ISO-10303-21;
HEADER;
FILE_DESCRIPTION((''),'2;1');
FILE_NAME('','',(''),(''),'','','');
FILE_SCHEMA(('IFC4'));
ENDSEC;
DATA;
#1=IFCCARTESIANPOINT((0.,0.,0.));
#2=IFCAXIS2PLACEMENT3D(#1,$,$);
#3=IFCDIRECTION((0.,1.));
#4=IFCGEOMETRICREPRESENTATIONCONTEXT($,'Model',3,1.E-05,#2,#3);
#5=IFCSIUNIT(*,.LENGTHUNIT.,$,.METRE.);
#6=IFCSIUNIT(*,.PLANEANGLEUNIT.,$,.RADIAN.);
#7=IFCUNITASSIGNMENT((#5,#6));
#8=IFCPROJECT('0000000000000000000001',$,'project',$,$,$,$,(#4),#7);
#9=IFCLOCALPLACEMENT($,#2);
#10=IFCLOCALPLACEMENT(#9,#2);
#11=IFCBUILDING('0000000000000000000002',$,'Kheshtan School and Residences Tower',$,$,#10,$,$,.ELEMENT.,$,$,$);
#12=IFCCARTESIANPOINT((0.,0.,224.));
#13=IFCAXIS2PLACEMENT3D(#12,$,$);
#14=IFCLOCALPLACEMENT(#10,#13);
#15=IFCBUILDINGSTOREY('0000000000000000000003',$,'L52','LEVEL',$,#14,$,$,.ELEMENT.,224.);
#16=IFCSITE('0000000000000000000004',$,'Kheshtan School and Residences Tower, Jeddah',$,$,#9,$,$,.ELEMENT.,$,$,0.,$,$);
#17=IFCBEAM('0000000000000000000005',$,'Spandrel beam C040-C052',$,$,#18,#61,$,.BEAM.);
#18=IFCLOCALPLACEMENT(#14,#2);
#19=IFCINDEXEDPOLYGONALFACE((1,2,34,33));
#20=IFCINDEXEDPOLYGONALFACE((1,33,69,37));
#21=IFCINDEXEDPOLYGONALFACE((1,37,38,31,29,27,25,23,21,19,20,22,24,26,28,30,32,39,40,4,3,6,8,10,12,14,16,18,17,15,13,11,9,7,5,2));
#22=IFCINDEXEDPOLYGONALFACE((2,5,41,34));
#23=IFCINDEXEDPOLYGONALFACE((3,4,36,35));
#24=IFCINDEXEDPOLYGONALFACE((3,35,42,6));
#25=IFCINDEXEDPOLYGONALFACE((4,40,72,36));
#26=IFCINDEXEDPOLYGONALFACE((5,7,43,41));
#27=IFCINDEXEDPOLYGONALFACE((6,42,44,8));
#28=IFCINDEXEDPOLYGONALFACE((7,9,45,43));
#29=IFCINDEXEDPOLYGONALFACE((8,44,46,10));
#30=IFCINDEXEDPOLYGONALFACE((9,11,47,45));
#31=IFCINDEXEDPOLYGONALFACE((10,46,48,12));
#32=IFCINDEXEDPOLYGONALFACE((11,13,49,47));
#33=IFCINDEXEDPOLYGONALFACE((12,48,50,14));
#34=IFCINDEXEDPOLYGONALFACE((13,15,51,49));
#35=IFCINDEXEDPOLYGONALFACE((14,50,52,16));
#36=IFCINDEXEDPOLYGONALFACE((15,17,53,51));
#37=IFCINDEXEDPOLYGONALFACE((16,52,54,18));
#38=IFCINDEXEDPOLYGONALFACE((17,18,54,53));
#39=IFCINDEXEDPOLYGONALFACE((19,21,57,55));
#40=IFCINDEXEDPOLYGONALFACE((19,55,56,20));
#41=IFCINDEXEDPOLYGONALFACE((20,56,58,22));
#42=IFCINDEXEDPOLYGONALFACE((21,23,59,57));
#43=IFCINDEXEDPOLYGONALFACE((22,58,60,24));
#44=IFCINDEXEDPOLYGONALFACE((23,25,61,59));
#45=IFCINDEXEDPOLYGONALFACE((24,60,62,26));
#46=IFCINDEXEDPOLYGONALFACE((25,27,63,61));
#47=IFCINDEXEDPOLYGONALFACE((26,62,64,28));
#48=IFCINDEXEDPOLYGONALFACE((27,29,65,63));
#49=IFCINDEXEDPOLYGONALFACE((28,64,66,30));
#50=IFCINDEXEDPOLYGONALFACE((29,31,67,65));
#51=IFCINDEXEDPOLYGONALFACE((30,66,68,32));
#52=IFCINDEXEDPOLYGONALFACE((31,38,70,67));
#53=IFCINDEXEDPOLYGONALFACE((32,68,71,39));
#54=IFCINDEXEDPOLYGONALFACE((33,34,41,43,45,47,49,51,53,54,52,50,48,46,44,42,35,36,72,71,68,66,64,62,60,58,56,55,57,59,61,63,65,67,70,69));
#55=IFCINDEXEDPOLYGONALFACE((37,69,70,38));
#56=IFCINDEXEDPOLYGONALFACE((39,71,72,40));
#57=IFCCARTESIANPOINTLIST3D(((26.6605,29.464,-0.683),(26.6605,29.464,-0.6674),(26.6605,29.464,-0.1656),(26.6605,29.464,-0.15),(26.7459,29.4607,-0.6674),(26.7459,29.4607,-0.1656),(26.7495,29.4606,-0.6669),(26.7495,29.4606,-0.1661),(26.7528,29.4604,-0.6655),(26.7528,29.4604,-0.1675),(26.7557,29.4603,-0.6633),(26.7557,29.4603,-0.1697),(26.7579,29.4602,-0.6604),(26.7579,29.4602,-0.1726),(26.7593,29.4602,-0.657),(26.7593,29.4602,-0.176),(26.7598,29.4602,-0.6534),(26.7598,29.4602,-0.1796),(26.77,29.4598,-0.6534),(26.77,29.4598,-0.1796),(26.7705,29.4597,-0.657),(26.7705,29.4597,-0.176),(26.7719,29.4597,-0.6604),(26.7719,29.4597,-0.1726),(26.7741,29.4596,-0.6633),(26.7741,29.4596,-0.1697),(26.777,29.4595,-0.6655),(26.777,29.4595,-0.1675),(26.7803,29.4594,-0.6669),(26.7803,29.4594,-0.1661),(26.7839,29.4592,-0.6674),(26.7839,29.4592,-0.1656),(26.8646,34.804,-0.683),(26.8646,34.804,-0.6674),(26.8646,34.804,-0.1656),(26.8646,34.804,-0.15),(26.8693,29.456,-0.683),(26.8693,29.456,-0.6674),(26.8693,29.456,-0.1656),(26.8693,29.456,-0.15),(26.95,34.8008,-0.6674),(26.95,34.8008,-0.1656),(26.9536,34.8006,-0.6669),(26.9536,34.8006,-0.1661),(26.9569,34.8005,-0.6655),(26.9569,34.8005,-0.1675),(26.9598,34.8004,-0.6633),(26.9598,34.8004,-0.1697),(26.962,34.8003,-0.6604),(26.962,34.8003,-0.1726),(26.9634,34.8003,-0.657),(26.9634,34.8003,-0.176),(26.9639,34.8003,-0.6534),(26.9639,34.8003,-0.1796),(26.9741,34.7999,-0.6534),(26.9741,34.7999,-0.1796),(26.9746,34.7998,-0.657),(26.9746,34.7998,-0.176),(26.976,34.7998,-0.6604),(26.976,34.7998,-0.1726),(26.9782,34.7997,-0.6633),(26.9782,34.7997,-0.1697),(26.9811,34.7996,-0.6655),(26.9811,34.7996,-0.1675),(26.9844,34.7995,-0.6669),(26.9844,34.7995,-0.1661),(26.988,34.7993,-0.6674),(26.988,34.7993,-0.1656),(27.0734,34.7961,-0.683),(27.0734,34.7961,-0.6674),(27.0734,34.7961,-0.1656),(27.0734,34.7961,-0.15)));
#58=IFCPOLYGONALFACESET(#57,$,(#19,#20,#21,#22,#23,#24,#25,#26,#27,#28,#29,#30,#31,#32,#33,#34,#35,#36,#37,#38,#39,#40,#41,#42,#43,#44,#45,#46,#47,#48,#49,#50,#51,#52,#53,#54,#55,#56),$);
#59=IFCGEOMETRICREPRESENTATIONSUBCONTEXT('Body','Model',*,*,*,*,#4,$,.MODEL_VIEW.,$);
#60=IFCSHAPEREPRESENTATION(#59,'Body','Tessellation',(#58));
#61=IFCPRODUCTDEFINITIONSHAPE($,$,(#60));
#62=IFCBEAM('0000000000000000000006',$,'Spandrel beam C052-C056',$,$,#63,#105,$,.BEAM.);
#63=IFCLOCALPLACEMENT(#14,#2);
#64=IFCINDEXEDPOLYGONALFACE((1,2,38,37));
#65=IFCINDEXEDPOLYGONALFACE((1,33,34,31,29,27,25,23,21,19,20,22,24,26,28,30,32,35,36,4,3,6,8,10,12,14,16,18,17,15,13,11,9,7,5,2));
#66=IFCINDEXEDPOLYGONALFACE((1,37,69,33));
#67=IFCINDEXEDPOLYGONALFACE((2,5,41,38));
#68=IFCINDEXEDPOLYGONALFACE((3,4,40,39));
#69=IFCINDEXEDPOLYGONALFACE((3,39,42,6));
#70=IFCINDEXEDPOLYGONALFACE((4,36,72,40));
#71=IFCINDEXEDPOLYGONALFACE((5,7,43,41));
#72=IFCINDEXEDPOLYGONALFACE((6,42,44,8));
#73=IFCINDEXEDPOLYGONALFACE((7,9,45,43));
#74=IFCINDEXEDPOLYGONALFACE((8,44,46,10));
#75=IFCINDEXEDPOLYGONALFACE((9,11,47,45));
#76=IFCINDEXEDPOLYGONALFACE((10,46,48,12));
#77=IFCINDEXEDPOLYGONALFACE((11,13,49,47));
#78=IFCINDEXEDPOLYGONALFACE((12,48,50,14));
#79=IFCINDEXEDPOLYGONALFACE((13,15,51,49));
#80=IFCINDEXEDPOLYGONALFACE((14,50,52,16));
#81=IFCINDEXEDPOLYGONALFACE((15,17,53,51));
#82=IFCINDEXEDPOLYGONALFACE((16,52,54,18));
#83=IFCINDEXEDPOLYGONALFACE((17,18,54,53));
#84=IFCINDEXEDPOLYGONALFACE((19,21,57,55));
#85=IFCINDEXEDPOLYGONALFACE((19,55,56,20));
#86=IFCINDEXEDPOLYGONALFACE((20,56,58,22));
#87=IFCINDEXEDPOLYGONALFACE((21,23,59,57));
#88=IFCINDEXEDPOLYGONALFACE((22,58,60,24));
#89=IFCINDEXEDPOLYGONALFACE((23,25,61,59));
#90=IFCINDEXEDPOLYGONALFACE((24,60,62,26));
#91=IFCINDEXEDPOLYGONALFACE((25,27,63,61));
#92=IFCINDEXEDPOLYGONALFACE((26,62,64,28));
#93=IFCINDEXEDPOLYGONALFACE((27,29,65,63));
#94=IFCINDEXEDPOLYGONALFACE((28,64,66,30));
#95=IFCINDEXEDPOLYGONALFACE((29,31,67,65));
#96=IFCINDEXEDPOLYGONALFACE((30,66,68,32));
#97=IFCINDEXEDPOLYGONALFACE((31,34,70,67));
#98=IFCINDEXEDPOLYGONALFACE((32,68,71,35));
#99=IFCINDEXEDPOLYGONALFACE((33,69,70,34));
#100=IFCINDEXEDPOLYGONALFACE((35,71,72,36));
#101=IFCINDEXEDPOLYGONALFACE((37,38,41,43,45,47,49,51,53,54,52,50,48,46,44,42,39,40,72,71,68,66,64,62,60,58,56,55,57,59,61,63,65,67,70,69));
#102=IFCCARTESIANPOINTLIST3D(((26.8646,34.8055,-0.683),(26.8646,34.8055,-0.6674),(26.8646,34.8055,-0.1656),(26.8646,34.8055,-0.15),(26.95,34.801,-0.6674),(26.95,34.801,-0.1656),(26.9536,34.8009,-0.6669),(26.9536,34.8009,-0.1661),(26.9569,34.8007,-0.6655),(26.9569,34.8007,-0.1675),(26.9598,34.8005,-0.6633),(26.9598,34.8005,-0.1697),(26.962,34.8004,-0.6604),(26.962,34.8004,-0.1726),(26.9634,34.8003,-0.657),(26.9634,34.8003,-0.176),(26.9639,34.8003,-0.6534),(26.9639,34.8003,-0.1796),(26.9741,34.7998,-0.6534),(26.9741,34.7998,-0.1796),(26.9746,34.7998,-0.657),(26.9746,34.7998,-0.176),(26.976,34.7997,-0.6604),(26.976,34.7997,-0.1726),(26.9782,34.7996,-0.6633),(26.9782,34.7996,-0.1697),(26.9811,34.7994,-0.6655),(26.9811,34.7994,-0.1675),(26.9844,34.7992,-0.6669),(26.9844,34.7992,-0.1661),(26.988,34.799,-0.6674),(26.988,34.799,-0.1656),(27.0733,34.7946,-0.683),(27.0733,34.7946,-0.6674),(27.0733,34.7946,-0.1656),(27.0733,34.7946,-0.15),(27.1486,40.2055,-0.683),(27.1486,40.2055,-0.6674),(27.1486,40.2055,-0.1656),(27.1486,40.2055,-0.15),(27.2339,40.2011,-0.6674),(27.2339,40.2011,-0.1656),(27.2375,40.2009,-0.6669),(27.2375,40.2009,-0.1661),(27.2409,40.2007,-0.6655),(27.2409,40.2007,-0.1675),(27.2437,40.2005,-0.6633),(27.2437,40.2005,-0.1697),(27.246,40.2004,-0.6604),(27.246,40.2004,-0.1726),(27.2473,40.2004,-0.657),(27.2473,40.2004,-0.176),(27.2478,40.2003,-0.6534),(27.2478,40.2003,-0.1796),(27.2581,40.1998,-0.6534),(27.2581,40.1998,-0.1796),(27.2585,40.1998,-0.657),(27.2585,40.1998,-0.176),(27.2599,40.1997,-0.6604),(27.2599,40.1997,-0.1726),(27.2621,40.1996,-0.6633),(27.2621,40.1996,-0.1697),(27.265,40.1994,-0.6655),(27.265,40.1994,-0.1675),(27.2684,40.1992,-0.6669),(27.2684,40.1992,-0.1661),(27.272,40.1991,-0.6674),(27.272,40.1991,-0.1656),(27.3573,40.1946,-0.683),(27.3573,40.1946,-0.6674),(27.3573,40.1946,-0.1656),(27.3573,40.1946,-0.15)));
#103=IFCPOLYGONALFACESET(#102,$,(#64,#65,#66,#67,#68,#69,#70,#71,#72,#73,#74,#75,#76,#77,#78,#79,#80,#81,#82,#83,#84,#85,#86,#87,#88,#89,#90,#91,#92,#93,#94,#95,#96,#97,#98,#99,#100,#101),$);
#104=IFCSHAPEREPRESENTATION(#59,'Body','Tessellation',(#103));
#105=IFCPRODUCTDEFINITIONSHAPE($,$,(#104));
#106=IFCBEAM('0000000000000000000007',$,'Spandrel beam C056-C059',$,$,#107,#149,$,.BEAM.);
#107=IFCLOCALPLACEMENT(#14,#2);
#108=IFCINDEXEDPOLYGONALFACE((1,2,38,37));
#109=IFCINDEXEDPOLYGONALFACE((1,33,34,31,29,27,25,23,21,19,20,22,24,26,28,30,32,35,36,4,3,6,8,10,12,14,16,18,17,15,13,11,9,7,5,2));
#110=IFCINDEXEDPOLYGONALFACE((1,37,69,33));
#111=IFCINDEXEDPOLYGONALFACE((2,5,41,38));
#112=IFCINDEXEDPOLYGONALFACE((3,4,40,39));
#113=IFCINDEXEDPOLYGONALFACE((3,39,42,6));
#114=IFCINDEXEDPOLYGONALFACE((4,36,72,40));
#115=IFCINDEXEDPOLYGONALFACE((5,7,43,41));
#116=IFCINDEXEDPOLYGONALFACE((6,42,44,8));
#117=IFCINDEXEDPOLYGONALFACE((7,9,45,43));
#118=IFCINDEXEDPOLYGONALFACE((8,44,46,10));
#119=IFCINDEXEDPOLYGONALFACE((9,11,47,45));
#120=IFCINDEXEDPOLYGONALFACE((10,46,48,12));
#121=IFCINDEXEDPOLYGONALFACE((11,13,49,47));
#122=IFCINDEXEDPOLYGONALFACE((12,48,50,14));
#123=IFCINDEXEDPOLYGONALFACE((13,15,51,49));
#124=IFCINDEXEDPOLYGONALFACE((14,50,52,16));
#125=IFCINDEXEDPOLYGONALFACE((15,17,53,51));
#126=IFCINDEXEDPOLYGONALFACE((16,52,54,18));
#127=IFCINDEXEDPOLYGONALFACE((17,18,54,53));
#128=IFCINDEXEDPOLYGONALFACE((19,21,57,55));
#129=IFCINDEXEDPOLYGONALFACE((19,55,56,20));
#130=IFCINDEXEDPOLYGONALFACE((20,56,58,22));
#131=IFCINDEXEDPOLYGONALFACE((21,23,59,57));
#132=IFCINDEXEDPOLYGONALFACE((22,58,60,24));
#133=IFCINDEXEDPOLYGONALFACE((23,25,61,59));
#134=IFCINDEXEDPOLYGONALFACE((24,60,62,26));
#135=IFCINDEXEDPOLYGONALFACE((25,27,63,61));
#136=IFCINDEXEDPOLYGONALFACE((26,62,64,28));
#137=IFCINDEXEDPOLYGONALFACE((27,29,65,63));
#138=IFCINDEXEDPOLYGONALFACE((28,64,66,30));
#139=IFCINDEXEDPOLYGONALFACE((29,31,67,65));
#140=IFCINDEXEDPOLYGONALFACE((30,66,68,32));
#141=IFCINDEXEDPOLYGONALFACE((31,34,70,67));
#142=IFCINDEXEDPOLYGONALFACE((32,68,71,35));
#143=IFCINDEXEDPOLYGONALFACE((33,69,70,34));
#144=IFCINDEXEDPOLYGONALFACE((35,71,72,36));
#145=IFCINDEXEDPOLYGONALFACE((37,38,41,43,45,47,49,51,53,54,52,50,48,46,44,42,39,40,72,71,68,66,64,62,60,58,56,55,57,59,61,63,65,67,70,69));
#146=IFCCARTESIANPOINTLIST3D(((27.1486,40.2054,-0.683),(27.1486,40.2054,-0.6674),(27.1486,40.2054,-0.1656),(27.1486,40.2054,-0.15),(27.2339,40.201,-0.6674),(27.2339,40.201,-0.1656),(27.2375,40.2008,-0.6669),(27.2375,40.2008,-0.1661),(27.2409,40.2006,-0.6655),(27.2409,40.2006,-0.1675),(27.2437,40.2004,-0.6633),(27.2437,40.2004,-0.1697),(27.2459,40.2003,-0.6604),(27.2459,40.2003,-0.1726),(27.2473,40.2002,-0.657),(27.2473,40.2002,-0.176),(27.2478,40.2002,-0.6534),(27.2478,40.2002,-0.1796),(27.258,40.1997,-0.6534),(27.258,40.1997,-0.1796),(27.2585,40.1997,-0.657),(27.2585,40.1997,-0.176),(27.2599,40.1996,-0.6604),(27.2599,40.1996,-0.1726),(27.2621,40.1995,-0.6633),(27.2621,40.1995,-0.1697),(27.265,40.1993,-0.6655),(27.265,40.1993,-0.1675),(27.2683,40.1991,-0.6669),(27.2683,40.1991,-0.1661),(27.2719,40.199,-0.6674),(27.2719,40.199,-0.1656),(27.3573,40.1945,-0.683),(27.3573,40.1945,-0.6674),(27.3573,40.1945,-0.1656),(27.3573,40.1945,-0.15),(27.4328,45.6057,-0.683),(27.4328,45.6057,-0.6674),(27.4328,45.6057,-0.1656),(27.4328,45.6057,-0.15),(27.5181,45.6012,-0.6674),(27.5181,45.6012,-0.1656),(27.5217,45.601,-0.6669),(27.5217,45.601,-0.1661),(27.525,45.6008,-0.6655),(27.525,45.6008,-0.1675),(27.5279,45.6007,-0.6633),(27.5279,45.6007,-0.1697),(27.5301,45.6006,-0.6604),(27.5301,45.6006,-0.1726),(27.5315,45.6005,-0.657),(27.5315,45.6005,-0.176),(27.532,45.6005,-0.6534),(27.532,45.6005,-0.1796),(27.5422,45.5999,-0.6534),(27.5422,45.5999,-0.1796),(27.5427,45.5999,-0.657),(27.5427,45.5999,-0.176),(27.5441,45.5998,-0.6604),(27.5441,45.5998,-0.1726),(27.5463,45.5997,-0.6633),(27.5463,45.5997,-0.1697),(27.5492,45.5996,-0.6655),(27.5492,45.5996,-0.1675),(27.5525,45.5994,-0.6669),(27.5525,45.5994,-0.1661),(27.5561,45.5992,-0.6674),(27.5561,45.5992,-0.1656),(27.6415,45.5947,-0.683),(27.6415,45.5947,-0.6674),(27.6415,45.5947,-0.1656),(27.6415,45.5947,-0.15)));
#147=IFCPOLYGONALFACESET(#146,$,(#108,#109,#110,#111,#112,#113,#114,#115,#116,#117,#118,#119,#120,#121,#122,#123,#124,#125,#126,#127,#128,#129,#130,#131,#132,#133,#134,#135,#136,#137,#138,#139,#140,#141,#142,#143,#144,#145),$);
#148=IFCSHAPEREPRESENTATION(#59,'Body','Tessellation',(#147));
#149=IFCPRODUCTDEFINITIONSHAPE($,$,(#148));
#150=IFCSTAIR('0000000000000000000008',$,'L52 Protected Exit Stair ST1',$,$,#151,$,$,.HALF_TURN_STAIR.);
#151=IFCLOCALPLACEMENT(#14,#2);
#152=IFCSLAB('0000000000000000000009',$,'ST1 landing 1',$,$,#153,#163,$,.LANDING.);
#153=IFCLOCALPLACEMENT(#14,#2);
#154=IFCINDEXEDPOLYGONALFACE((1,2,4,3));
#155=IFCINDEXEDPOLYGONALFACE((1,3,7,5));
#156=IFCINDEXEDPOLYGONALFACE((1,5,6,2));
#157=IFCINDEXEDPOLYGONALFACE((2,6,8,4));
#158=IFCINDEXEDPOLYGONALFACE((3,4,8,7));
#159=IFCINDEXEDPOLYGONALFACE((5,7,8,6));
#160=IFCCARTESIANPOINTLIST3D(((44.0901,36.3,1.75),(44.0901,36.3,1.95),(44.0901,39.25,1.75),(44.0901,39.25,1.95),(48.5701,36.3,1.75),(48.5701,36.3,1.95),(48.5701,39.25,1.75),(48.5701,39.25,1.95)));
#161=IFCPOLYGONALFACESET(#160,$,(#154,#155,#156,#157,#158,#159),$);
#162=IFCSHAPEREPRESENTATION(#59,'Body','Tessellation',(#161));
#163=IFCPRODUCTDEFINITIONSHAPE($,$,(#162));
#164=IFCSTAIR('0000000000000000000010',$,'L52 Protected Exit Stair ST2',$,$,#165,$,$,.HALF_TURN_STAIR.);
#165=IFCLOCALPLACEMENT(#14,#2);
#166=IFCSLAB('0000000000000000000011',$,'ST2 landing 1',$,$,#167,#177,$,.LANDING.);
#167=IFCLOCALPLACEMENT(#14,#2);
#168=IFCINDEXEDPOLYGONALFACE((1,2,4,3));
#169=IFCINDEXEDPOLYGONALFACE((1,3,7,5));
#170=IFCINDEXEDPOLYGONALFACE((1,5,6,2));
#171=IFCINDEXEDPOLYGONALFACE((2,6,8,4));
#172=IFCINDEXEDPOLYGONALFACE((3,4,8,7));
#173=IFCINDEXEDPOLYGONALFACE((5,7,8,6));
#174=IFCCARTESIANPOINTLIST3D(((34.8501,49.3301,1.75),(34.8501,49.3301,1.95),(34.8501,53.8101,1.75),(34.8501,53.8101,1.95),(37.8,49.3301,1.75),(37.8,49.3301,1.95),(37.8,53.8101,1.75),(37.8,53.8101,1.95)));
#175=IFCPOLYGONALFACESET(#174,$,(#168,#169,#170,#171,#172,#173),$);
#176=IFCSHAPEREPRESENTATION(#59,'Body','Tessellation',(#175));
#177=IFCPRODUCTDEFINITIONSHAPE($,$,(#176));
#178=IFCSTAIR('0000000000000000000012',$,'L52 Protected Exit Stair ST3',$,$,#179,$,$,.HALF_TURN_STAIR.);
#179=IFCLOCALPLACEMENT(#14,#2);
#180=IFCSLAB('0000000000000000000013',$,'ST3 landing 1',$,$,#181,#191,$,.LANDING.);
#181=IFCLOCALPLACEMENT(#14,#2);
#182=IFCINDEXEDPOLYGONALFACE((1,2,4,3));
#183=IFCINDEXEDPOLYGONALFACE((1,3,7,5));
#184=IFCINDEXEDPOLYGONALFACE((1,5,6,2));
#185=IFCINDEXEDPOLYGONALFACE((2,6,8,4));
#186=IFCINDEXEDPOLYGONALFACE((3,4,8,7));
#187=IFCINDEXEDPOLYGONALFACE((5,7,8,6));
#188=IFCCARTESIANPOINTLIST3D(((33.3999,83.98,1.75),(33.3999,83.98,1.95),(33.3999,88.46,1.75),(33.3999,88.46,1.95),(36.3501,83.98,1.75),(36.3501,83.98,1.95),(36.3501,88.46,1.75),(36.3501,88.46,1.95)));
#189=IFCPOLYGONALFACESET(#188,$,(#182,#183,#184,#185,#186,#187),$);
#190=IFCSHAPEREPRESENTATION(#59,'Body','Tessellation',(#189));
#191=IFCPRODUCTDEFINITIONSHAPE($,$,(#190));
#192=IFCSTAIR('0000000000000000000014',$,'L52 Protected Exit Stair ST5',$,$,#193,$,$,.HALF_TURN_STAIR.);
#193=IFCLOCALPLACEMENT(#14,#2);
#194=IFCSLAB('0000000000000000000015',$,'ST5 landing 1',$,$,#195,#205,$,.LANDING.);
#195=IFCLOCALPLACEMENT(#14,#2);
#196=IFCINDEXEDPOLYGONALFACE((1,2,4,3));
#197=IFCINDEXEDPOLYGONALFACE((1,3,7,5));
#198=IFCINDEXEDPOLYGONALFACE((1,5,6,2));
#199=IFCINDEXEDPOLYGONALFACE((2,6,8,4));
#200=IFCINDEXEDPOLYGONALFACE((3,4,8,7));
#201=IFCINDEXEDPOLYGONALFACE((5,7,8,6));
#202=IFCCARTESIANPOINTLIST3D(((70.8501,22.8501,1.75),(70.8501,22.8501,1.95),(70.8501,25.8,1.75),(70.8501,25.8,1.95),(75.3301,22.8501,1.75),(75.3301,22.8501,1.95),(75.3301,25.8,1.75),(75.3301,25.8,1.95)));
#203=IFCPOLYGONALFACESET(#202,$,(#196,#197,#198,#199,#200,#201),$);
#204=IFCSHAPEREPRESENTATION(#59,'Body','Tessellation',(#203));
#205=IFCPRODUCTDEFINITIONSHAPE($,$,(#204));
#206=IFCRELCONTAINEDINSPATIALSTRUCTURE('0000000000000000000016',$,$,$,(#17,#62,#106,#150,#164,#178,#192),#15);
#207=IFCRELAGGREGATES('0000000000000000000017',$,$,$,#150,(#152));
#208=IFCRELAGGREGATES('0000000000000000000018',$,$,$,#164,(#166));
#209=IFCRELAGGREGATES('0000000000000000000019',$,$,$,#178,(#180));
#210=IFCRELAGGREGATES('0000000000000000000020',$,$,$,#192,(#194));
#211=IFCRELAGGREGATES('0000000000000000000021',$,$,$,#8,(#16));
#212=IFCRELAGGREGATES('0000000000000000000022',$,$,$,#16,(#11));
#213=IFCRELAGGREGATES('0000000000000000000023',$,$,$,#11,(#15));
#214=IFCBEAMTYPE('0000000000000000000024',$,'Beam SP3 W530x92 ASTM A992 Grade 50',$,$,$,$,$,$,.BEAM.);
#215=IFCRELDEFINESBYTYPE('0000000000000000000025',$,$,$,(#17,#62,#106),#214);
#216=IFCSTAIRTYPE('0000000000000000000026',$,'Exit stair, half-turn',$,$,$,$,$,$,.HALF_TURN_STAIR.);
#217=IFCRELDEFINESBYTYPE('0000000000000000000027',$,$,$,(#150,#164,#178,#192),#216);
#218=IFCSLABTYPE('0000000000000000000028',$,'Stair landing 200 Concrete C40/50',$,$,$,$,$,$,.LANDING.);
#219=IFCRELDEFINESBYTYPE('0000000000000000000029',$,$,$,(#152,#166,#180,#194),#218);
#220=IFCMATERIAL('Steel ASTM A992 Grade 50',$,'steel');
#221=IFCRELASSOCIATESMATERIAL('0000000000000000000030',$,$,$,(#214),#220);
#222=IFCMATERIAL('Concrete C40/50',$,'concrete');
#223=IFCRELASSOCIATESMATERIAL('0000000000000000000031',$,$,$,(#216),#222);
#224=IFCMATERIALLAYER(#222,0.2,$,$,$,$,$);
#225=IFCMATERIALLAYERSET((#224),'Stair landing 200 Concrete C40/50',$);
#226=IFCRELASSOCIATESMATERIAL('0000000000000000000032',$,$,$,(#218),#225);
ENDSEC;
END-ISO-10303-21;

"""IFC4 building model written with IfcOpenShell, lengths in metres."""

from ifc_helpers import new_model, si_unit, direction, frame, origin, origin_2d, place, context, subcontext, project, spatial, polyline, i_section, outline, extrude, material, layer, layer_set, material_profile, profile_set, type_object, element, aggregate, save


model = new_model("IFC4")

# Units and contexts
model_context = context("Model", 3, precision=1e-05, world=origin(), true_north=direction((0.0, 1.0)))
body_context = subcontext(model_context, "Body", "Model", "MODEL_VIEW")
ifc_project = project(units=[si_unit("LENGTHUNIT", "METRE"), si_unit("PLANEANGLEUNIT", "RADIAN")], contexts=[model_context])

# Site, building, storey
site_placement = place(None, origin())
site = spatial("IfcSite", under=ifc_project, at=site_placement, Name="Kheshtan School and Residences Tower, Jeddah", CompositionType="ELEMENT", RefElevation=0.0)
building_placement = place(site_placement, origin())
building = spatial("IfcBuilding", under=site, at=building_placement, Name="Kheshtan School and Residences Tower", CompositionType="ELEMENT")
storey_placement = place(building_placement, frame((0.0, 0.0, 224.0)))
storey = spatial("IfcBuildingStorey", under=building, at=storey_placement, Name="L52", Description="LEVEL", CompositionType="ELEMENT", Elevation=224.0)

# Shared definitions
ifc_material_1 = material(Name="Steel ASTM A992 Grade 50", Category="steel")

# Beams
ifc_material_profile_1 = material_profile(ifc_material_1, i_section(OverallWidth=0.209, OverallDepth=0.533, WebThickness=0.0103, FlangeThickness=0.0156, FilletRadius=0.0139, at=origin_2d()), Name="W530x92")
ifc_profile_set_1 = profile_set([ifc_material_profile_1], Name="Steel ASTM A992 Grade 50")
beam_type_1 = type_object("IfcBeamType", Name="Beam SP3 W530x92 ASTM A992 Grade 50", PredefinedType="BEAM", material=ifc_profile_set_1)
beam_1_placement = place(storey_placement, frame((26.7649, 29.46, -0.4165), z_axis=(0.038193, 0.99927, 0.0), x_axis=(-0.99927, 0.038193, 0.0)))
element("IfcBeam", 1, at=beam_1_placement, inside=storey, type_object=beam_type_1, Name="Spandrel beam C040-C052", PredefinedType="BEAM", context=body_context, shape_type="SweptSolid", body=[
    extrude(i_section(OverallWidth=0.209, OverallDepth=0.533, WebThickness=0.0103, FlangeThickness=0.0156, FilletRadius=0.0139, at=origin_2d()), origin(), (0.0, 0.0, 1.0), 5.344),
])
beam_2_placement = place(storey_placement, frame((26.969, 34.8, -0.4165), z_axis=(0.052509, 0.99862, 0.0), x_axis=(-0.99862, 0.052509, 0.0)))
element("IfcBeam", 2, at=beam_2_placement, inside=storey, type_object=beam_type_1, Name="Spandrel beam C052-C056", PredefinedType="BEAM", context=body_context, shape_type="SweptSolid", body=[
    extrude(i_section(OverallWidth=0.209, OverallDepth=0.533, WebThickness=0.0103, FlangeThickness=0.0156, FilletRadius=0.0139, at=origin_2d()), origin(), (0.0, 0.0, 1.0), 5.4075),
])
beam_3_placement = place(storey_placement, frame((27.2529, 40.2, -0.4165), z_axis=(0.052552, 0.998618, 0.0), x_axis=(-0.998618, 0.052552, 0.0)))
element("IfcBeam", 3, at=beam_3_placement, inside=storey, type_object=beam_type_1, Name="Spandrel beam C056-C059", PredefinedType="BEAM", context=body_context, shape_type="SweptSolid", body=[
    extrude(i_section(OverallWidth=0.209, OverallDepth=0.533, WebThickness=0.0103, FlangeThickness=0.0156, FilletRadius=0.0139, at=origin_2d()), origin(), (0.0, 0.0, 1.0), 5.4077),
])

# Shared definitions
ifc_material_2 = material(Name="Concrete C40/50", Category="concrete")

# Stairs, slabs
stair_type = type_object("IfcStairType", Name="Exit stair, half-turn", PredefinedType="HALF_TURN_STAIR", material=ifc_material_2)
stair_1_placement = place(storey_placement, origin())
stair_1 = element("IfcStair", 4, at=stair_1_placement, inside=storey, type_object=stair_type, Name="L52 Protected Exit Stair ST1", PredefinedType="HALF_TURN_STAIR")
ifc_layer_1 = layer(ifc_material_2, 0.2)
ifc_layer_set_1 = layer_set([ifc_layer_1], Name="Stair landing 200 Concrete C40/50")
slab_type_1 = type_object("IfcSlabType", Name="Stair landing 200 Concrete C40/50", PredefinedType="LANDING", material=ifc_layer_set_1)
slab_1_placement = place(storey_placement, frame((0.0, 0.0, 1.75)))
slab_1 = element("IfcSlab", 5, at=slab_1_placement, type_object=slab_type_1, Name="ST1 landing 1", PredefinedType="LANDING", context=body_context, shape_type="SweptSolid", body=[
    extrude(outline(polyline([(48.5701, 39.25), (44.0901, 39.25), (44.0901, 36.3), (48.5701, 36.3), (48.5701, 39.25)])), origin(), (0.0, 0.0, 1.0), 0.2),
])
aggregate(stair_1, [slab_1])
stair_2_placement = place(storey_placement, origin())
stair_2 = element("IfcStair", 6, at=stair_2_placement, inside=storey, type_object=stair_type, Name="L52 Protected Exit Stair ST2", PredefinedType="HALF_TURN_STAIR")
slab_2_placement = place(storey_placement, frame((0.0, 0.0, 1.75)))
slab_2 = element("IfcSlab", 7, at=slab_2_placement, type_object=slab_type_1, Name="ST2 landing 1", PredefinedType="LANDING", context=body_context, shape_type="SweptSolid", body=[
    extrude(outline(polyline([(37.8, 49.3301), (37.8, 53.8101), (34.8501, 53.8101), (34.8501, 49.3301), (37.8, 49.3301)])), origin(), (0.0, 0.0, 1.0), 0.2),
])
aggregate(stair_2, [slab_2])
stair_3_placement = place(storey_placement, origin())
stair_3 = element("IfcStair", 8, at=stair_3_placement, inside=storey, type_object=stair_type, Name="L52 Protected Exit Stair ST3", PredefinedType="HALF_TURN_STAIR")
slab_3_placement = place(storey_placement, frame((0.0, 0.0, 1.75)))
slab_3 = element("IfcSlab", 9, at=slab_3_placement, type_object=slab_type_1, Name="ST3 landing 1", PredefinedType="LANDING", context=body_context, shape_type="SweptSolid", body=[
    extrude(outline(polyline([(36.3501, 83.98), (36.3501, 88.46), (33.3999, 88.46), (33.3999, 83.98), (36.3501, 83.98)])), origin(), (0.0, 0.0, 1.0), 0.2),
])
aggregate(stair_3, [slab_3])
stair_4_placement = place(storey_placement, origin())
stair_4 = element("IfcStair", 10, at=stair_4_placement, inside=storey, type_object=stair_type, Name="L52 Protected Exit Stair ST5", PredefinedType="HALF_TURN_STAIR")
slab_4_placement = place(storey_placement, frame((0.0, 0.0, 1.75)))
slab_4 = element("IfcSlab", 11, at=slab_4_placement, type_object=slab_type_1, Name="ST5 landing 1", PredefinedType="LANDING", context=body_context, shape_type="SweptSolid", body=[
    extrude(outline(polyline([(75.3301, 25.8), (70.8501, 25.8), (70.8501, 22.8501), (75.3301, 22.8501), (75.3301, 25.8)])), origin(), (0.0, 0.0, 1.0), 0.2),
])
aggregate(stair_4, [slab_4])

save(model, "model.ifc")
